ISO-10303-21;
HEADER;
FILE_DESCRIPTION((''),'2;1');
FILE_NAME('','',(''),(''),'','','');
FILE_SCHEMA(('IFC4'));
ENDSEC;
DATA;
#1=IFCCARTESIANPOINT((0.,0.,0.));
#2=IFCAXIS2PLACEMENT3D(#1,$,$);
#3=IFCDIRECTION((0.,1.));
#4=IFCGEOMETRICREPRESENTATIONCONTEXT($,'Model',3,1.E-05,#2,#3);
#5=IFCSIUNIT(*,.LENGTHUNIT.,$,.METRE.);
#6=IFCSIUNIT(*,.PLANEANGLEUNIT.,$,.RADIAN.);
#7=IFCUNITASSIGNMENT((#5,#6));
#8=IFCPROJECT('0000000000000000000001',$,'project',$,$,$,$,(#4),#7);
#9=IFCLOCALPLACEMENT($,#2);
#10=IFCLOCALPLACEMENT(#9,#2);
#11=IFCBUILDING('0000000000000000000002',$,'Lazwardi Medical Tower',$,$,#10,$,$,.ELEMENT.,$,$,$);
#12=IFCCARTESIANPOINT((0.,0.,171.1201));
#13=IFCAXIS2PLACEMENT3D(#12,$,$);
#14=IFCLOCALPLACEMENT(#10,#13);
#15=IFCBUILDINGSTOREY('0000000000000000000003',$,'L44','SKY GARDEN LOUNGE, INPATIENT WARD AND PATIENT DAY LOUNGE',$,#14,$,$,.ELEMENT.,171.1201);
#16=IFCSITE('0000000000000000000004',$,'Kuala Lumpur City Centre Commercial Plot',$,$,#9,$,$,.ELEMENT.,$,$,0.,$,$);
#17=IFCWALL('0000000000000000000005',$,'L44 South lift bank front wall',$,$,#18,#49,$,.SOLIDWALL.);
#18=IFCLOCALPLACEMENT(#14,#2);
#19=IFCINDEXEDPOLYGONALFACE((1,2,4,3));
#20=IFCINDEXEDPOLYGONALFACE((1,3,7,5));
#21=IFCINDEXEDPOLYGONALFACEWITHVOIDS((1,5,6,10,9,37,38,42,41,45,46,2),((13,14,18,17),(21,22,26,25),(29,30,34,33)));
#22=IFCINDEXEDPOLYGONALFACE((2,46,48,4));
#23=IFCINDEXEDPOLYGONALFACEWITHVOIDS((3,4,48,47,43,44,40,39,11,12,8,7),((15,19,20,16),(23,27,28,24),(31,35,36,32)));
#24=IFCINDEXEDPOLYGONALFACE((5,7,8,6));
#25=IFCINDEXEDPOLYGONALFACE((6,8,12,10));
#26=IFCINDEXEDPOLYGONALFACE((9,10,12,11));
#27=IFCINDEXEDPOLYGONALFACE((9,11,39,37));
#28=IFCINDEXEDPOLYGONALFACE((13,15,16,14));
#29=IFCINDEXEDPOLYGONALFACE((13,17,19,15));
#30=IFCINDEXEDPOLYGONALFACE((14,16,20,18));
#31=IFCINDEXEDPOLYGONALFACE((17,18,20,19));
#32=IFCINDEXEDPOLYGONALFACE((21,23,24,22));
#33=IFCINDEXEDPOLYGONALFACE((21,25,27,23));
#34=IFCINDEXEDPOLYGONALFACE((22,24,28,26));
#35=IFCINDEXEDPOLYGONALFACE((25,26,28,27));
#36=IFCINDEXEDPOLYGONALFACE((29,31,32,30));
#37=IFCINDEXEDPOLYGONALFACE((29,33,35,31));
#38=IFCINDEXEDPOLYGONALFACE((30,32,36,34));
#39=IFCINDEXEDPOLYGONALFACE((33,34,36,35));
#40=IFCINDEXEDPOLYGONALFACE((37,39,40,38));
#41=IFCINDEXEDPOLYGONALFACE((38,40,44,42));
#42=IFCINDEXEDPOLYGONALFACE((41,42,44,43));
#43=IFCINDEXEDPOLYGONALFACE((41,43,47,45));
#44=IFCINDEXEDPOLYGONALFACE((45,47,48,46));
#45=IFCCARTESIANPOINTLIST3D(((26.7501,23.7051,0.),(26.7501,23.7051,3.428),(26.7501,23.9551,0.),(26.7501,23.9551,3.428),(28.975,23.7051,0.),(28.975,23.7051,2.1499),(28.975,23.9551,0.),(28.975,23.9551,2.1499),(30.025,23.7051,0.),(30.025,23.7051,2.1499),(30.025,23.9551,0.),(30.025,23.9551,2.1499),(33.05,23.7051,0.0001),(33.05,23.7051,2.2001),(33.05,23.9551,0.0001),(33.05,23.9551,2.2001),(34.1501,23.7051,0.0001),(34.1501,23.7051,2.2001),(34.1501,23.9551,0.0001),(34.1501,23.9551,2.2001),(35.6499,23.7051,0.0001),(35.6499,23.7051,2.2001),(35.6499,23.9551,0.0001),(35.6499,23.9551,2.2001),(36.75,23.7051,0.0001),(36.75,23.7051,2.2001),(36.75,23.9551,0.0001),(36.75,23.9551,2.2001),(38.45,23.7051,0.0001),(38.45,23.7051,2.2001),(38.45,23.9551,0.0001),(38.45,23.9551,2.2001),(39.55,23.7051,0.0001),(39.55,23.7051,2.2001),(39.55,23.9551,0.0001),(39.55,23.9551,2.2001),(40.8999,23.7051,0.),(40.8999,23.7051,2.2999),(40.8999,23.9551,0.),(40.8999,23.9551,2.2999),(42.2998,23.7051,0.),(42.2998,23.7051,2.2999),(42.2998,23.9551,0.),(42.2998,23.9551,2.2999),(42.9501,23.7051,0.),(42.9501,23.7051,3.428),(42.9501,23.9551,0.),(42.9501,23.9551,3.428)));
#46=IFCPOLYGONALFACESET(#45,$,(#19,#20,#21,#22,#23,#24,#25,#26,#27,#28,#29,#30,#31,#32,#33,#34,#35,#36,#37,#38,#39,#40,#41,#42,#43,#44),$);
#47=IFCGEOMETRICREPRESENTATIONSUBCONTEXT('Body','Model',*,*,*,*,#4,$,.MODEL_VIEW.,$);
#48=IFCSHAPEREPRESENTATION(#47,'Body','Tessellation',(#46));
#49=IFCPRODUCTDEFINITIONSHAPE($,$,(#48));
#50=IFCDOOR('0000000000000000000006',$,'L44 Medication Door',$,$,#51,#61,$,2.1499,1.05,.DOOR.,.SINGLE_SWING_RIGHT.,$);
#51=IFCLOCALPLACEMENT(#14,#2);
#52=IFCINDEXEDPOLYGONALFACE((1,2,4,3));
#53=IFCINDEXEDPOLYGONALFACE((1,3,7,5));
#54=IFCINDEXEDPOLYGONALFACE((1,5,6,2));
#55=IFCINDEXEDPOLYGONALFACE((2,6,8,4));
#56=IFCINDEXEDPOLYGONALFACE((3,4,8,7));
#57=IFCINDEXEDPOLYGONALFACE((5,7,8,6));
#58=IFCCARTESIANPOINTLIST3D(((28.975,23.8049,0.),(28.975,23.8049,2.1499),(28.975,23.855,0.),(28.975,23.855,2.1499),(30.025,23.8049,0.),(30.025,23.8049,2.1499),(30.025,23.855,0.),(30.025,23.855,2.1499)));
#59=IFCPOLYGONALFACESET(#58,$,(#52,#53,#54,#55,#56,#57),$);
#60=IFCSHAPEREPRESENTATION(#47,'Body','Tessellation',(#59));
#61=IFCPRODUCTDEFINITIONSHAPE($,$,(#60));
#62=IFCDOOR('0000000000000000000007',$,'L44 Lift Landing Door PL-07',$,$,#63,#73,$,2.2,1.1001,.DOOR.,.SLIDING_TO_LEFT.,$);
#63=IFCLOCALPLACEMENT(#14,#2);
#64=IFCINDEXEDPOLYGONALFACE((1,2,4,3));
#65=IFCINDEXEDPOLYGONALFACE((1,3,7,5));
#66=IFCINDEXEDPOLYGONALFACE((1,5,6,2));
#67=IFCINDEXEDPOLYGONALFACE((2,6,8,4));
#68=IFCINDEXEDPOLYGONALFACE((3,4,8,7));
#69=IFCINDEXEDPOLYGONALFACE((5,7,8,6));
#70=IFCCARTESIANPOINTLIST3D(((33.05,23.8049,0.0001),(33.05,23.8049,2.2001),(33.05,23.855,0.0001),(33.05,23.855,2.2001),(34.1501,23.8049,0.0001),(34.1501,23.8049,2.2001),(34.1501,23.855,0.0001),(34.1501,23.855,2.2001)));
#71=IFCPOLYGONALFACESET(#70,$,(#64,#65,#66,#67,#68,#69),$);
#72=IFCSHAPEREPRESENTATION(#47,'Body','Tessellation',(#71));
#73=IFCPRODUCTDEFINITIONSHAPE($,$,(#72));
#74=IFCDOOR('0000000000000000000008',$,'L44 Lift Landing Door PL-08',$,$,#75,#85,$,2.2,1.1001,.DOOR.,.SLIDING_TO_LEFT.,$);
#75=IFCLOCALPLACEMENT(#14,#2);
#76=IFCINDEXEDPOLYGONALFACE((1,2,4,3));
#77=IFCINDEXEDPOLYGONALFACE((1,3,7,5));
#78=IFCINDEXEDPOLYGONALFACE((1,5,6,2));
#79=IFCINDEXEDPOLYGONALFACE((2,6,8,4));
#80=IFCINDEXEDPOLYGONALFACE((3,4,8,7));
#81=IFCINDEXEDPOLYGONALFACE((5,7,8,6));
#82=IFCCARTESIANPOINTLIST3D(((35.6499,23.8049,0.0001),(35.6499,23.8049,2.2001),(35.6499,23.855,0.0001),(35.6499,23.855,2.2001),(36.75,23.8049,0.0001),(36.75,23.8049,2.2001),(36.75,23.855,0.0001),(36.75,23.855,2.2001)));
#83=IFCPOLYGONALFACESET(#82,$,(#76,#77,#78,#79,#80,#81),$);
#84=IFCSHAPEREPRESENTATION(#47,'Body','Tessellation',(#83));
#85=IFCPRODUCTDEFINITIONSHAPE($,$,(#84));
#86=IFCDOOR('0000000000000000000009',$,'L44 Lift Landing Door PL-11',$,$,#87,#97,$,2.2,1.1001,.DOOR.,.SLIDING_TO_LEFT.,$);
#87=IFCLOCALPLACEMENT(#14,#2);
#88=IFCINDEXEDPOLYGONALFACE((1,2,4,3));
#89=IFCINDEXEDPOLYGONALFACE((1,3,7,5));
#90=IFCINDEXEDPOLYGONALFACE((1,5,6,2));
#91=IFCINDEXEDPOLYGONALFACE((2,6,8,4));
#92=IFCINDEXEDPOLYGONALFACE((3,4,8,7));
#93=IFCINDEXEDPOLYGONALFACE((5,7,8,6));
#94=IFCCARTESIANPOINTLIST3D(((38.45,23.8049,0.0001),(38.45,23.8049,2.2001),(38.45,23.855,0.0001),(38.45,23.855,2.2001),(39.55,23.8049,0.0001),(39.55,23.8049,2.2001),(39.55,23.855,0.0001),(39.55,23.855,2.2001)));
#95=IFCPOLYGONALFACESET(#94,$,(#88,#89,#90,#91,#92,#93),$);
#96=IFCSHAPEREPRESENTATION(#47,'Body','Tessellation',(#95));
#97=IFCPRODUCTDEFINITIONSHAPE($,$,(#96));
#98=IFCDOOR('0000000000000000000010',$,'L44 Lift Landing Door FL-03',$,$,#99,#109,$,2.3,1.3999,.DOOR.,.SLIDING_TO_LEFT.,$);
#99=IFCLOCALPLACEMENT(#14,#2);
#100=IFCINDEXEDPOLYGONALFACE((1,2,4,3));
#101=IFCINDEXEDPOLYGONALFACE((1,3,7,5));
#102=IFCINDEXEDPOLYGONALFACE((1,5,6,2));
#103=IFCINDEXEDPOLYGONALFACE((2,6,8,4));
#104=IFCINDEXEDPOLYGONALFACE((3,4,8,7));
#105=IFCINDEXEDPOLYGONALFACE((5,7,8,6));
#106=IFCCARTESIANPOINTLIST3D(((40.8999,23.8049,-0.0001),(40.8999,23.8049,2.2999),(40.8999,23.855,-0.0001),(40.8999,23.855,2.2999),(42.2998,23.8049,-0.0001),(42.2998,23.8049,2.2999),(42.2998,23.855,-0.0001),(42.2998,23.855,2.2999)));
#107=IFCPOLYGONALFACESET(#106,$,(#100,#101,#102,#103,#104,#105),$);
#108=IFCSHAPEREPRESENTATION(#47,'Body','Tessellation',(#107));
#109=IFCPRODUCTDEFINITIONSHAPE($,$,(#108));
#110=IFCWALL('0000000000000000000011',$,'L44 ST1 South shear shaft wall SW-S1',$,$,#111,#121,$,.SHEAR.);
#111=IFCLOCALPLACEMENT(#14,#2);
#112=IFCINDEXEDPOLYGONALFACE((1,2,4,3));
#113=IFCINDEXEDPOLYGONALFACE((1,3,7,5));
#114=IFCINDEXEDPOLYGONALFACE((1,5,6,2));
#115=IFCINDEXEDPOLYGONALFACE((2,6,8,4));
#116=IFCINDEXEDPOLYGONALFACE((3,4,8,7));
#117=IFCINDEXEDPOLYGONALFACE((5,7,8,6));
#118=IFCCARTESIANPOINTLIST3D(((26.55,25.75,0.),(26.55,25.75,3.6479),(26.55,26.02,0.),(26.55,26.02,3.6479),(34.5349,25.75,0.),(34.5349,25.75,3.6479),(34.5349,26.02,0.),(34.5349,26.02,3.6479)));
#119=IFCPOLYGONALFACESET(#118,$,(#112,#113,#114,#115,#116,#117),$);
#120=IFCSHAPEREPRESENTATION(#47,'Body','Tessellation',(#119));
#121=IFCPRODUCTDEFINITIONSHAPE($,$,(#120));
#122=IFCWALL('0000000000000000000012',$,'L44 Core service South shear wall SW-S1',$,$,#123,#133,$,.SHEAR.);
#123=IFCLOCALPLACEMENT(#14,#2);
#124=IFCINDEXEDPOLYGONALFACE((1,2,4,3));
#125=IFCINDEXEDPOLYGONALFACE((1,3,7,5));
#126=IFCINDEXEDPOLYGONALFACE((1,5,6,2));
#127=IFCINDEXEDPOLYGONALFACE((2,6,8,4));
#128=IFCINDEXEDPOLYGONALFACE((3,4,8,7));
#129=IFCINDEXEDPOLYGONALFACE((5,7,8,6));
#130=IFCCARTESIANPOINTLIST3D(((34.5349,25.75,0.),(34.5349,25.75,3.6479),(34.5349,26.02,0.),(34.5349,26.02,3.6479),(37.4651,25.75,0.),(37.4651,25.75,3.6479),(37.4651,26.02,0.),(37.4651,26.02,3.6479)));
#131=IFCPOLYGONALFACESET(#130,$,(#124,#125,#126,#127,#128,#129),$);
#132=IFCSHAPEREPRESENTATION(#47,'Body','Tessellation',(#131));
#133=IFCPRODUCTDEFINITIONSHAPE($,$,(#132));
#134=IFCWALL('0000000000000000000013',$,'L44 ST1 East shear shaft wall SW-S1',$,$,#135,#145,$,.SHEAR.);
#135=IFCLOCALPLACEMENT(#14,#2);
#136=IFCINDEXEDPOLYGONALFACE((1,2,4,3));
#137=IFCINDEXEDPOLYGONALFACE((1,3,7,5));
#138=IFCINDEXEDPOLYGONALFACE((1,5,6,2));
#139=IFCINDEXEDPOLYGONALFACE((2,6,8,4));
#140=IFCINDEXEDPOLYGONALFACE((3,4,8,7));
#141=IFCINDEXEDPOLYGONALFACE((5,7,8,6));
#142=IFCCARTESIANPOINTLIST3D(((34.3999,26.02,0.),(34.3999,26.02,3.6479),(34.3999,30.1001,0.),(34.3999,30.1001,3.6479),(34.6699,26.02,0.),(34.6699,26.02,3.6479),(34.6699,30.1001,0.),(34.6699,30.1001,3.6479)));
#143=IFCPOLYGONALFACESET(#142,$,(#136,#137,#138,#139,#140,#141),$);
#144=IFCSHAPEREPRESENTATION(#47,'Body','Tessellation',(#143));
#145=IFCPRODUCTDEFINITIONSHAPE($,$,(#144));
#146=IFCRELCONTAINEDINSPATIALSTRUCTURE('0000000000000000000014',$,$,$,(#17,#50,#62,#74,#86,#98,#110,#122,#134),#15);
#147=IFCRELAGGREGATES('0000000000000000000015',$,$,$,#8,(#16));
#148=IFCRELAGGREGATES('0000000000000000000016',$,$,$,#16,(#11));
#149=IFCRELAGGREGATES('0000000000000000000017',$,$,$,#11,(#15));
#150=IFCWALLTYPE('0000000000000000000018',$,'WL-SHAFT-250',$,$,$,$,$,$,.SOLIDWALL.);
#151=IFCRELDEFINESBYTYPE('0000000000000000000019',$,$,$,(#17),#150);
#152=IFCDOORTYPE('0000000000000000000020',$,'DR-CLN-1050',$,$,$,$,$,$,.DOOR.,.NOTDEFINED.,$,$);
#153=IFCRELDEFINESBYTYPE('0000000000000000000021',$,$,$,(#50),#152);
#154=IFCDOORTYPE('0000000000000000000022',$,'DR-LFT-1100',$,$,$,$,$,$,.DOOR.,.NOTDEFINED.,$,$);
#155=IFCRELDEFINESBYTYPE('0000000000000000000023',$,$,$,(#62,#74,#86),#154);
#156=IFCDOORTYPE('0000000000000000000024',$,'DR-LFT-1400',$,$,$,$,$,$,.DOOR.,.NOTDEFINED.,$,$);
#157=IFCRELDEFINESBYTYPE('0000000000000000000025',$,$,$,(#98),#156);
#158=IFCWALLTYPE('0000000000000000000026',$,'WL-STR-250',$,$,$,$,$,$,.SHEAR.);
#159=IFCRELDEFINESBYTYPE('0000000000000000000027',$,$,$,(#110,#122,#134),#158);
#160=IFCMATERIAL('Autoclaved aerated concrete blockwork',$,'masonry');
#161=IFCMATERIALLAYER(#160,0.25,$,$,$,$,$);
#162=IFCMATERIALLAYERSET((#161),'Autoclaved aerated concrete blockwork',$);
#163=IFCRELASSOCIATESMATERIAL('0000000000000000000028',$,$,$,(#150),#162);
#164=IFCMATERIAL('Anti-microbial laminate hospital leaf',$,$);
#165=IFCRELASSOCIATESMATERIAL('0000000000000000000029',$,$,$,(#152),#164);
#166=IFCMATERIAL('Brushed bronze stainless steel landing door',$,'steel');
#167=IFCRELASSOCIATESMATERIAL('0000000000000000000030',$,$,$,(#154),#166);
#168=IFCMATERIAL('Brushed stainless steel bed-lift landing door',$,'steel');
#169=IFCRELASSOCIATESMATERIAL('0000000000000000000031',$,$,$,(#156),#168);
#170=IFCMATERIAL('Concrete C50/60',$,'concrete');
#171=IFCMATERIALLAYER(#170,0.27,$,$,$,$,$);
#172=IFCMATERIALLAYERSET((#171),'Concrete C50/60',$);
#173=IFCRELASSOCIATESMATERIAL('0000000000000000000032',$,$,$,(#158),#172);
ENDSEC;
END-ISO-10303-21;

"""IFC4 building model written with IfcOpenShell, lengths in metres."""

from ifc_helpers import new_model, si_unit, direction, frame, frame_2d, origin, place, context, subcontext, project, spatial, rectangle, extrude, material, layer, layer_set, type_object, element, fill, save


model = new_model("IFC4")

# Units and contexts
model_context = context("Model", 3, precision=1e-05, world=origin(), true_north=direction((0.0, 1.0)))
body_context = subcontext(model_context, "Body", "Model", "MODEL_VIEW")
ifc_project = project(units=[si_unit("LENGTHUNIT", "METRE"), si_unit("PLANEANGLEUNIT", "RADIAN")], contexts=[model_context])

# Site, building, storey
site_placement = place(None, origin())
site = spatial("IfcSite", under=ifc_project, at=site_placement, Name="Kuala Lumpur City Centre Commercial Plot", CompositionType="ELEMENT", RefElevation=0.0)
building_placement = place(site_placement, origin())
building = spatial("IfcBuilding", under=site, at=building_placement, Name="Lazwardi Medical Tower", CompositionType="ELEMENT")
storey_placement = place(building_placement, frame((0.0, 0.0, 171.1201)))
storey = spatial("IfcBuildingStorey", under=building, at=storey_placement, Name="L44", Description="SKY GARDEN LOUNGE, INPATIENT WARD AND PATIENT DAY LOUNGE", CompositionType="ELEMENT", Elevation=171.1201)

# Wall, openings, doors
ifc_material_1 = material(Name="Autoclaved aerated concrete blockwork", Category="masonry")
ifc_layer_1 = layer(ifc_material_1, 0.25)
ifc_layer_set_1 = layer_set([ifc_layer_1], Name="Autoclaved aerated concrete blockwork")
wall_type_1 = type_object("IfcWallType", Name="WL-SHAFT-250", PredefinedType="SOLIDWALL", material=ifc_layer_set_1)
wall_1_placement = place(storey_placement, frame((26.75, 23.8301, 0.0), z_axis=(0.0, 0.0, 1.0), x_axis=(1.0, 0.0, 0.0)))
wall_1 = element("IfcWall", 1, at=wall_1_placement, inside=storey, type_object=wall_type_1, Name="L44 South lift bank front wall", PredefinedType="SOLIDWALL", context=body_context, shape_type="SweptSolid", body=[
    extrude(rectangle(XDim=16.2, YDim=0.25, at=frame_2d((8.1001, 0.0))), origin(), (0.0, 0.0, 1.0), 3.428),
])
opening_1_placement = place(wall_1_placement, frame((2.2251, 0.0, 0.0)))
opening_1 = element("IfcOpeningElement", 2, at=opening_1_placement, cuts=wall_1, PredefinedType="OPENING", context=body_context, shape_type="SweptSolid", body=[
    extrude(rectangle(XDim=1.05, YDim=2.1499, at=frame_2d((0.5249, 1.075))), frame((0.0, 0.135, 0.0), z_axis=(0.0, -1.0, 0.0), x_axis=(1.0, 0.0, 0.0)), (0.0, 0.0, 1.0), 0.27),
])
opening_2_placement = place(wall_1_placement, frame((6.3, 0.0, 0.0)))
opening_2 = element("IfcOpeningElement", 3, at=opening_2_placement, cuts=wall_1, PredefinedType="OPENING", context=body_context, shape_type="SweptSolid", body=[
    extrude(rectangle(XDim=1.1001, YDim=2.2, at=frame_2d((0.55, 1.1001))), frame((0.0, 0.135, 0.0), z_axis=(0.0, -1.0, 0.0), x_axis=(1.0, 0.0, 0.0)), (0.0, 0.0, 1.0), 0.27),
])
opening_3_placement = place(wall_1_placement, frame((8.8999, 0.0, 0.0)))
opening_3 = element("IfcOpeningElement", 4, at=opening_3_placement, cuts=wall_1, PredefinedType="OPENING", context=body_context, shape_type="SweptSolid", body=[
    extrude(rectangle(XDim=1.1001, YDim=2.2, at=frame_2d((0.55, 1.1001))), frame((0.0, 0.135, 0.0), z_axis=(0.0, -1.0, 0.0), x_axis=(1.0, 0.0, 0.0)), (0.0, 0.0, 1.0), 0.27),
])
opening_4_placement = place(wall_1_placement, frame((11.7, 0.0, 0.0)))
opening_4 = element("IfcOpeningElement", 5, at=opening_4_placement, cuts=wall_1, PredefinedType="OPENING", context=body_context, shape_type="SweptSolid", body=[
    extrude(rectangle(XDim=1.1001, YDim=2.2, at=frame_2d((0.55, 1.1001))), frame((0.0, 0.135, 0.0), z_axis=(0.0, -1.0, 0.0), x_axis=(1.0, 0.0, 0.0)), (0.0, 0.0, 1.0), 0.27),
])
opening_5_placement = place(wall_1_placement, frame((14.1499, 0.0, 0.0)))
opening_5 = element("IfcOpeningElement", 6, at=opening_5_placement, cuts=wall_1, PredefinedType="OPENING", context=body_context, shape_type="SweptSolid", body=[
    extrude(rectangle(XDim=1.3999, YDim=2.3, at=frame_2d((0.7, 1.1499))), frame((0.0, 0.135, 0.0), z_axis=(0.0, -1.0, 0.0), x_axis=(1.0, 0.0, 0.0)), (0.0, 0.0, 1.0), 0.27),
])
ifc_material_2 = material(Name="Anti-microbial laminate hospital leaf")
door_type_1 = type_object("IfcDoorType", Name="DR-CLN-1050", OperationType="NOTDEFINED", PredefinedType="DOOR", material=ifc_material_2)
door_1_placement = place(opening_1_placement, origin())
door_1 = element("IfcDoor", 7, at=door_1_placement, inside=storey, type_object=door_type_1, Name="L44 Medication Door", OperationType="SINGLE_SWING_RIGHT", OverallHeight=2.1499, OverallWidth=1.05, PredefinedType="DOOR", context=body_context, shape_type="SweptSolid", body=[
    extrude(rectangle(XDim=1.05, YDim=2.1499, at=frame_2d((0.5249, 1.075))), frame((0.0, 0.0249, 0.0), z_axis=(0.0, -1.0, 0.0), x_axis=(1.0, 0.0, 0.0)), (0.0, 0.0, 1.0), 0.05),
])
fill(opening_1, door_1)
ifc_material_3 = material(Name="Brushed bronze stainless steel landing door", Category="steel")
door_type_2 = type_object("IfcDoorType", Name="DR-LFT-1100", OperationType="NOTDEFINED", PredefinedType="DOOR", material=ifc_material_3)
door_2_placement = place(opening_2_placement, origin())
door_2 = element("IfcDoor", 8, at=door_2_placement, inside=storey, type_object=door_type_2, Name="L44 Lift Landing Door PL-07", OperationType="SLIDING_TO_LEFT", OverallHeight=2.2, OverallWidth=1.1001, PredefinedType="DOOR", context=body_context, shape_type="SweptSolid", body=[
    extrude(rectangle(XDim=1.1001, YDim=2.2, at=frame_2d((0.55, 1.1001))), frame((0.0, 0.0249, 0.0), z_axis=(0.0, -1.0, 0.0), x_axis=(1.0, 0.0, 0.0)), (0.0, 0.0, 1.0), 0.05),
])
fill(opening_2, door_2)
door_3_placement = place(opening_3_placement, origin())
door_3 = element("IfcDoor", 9, at=door_3_placement, inside=storey, type_object=door_type_2, Name="L44 Lift Landing Door PL-08", OperationType="SLIDING_TO_LEFT", OverallHeight=2.2, OverallWidth=1.1001, PredefinedType="DOOR", context=body_context, shape_type="SweptSolid", body=[
    extrude(rectangle(XDim=1.1001, YDim=2.2, at=frame_2d((0.55, 1.1001))), frame((0.0, 0.0249, 0.0), z_axis=(0.0, -1.0, 0.0), x_axis=(1.0, 0.0, 0.0)), (0.0, 0.0, 1.0), 0.05),
])
fill(opening_3, door_3)
door_4_placement = place(opening_4_placement, origin())
door_4 = element("IfcDoor", 10, at=door_4_placement, inside=storey, type_object=door_type_2, Name="L44 Lift Landing Door PL-11", OperationType="SLIDING_TO_LEFT", OverallHeight=2.2, OverallWidth=1.1001, PredefinedType="DOOR", context=body_context, shape_type="SweptSolid", body=[
    extrude(rectangle(XDim=1.1001, YDim=2.2, at=frame_2d((0.55, 1.1001))), frame((0.0, 0.0249, 0.0), z_axis=(0.0, -1.0, 0.0), x_axis=(1.0, 0.0, 0.0)), (0.0, 0.0, 1.0), 0.05),
])
fill(opening_4, door_4)
ifc_material_4 = material(Name="Brushed stainless steel bed-lift landing door", Category="steel")
door_type_3 = type_object("IfcDoorType", Name="DR-LFT-1400", OperationType="NOTDEFINED", PredefinedType="DOOR", material=ifc_material_4)
door_5_placement = place(opening_5_placement, origin())
door_5 = element("IfcDoor", 11, at=door_5_placement, inside=storey, type_object=door_type_3, Name="L44 Lift Landing Door FL-03", OperationType="SLIDING_TO_LEFT", OverallHeight=2.3, OverallWidth=1.3999, PredefinedType="DOOR", context=body_context, shape_type="SweptSolid", body=[
    extrude(rectangle(XDim=1.3999, YDim=2.3, at=frame_2d((0.7, 1.1499))), frame((0.0, 0.0249, 0.0), z_axis=(0.0, -1.0, 0.0), x_axis=(1.0, 0.0, 0.0)), (0.0, 0.0, 1.0), 0.05),
])
fill(opening_5, door_5)

# Walls
ifc_material_5 = material(Name="Concrete C50/60", Category="concrete")
ifc_layer_2 = layer(ifc_material_5, 0.27)
ifc_layer_set_2 = layer_set([ifc_layer_2], Name="Concrete C50/60")
wall_type_2 = type_object("IfcWallType", Name="WL-STR-250", PredefinedType="SHEAR", material=ifc_layer_set_2)
wall_2_placement = place(storey_placement, frame((26.55, 25.885, 0.0), z_axis=(0.0, 0.0, 1.0), x_axis=(1.0, 0.0, 0.0)))
element("IfcWall", 12, at=wall_2_placement, inside=storey, type_object=wall_type_2, Name="L44 ST1 South shear shaft wall SW-S1", PredefinedType="SHEAR", context=body_context, shape_type="SweptSolid", body=[
    extrude(rectangle(XDim=7.9849, YDim=0.27, at=frame_2d((3.9924, 0.0))), origin(), (0.0, 0.0, 1.0), 3.6479),
])
wall_3_placement = place(storey_placement, frame((34.5349, 25.885, 0.0), z_axis=(0.0, 0.0, 1.0), x_axis=(1.0, 0.0, 0.0)))
element("IfcWall", 13, at=wall_3_placement, inside=storey, type_object=wall_type_2, Name="L44 Core service South shear wall SW-S1", PredefinedType="SHEAR", context=body_context, shape_type="SweptSolid", body=[
    extrude(rectangle(XDim=2.9302, YDim=0.27, at=frame_2d((1.4651, 0.0))), origin(), (0.0, 0.0, 1.0), 3.6479),
])
wall_4_placement = place(storey_placement, frame((34.5349, 26.02, 0.0), z_axis=(0.0, 0.0, 1.0), x_axis=(0.0, 1.0, 0.0)))
element("IfcWall", 14, at=wall_4_placement, inside=storey, type_object=wall_type_2, Name="L44 ST1 East shear shaft wall SW-S1", PredefinedType="SHEAR", context=body_context, shape_type="SweptSolid", body=[
    extrude(rectangle(XDim=4.0801, YDim=0.27, at=frame_2d((2.04, 0.0))), origin(), (0.0, 0.0, 1.0), 3.6479),
])

save(model, "model.ifc")
